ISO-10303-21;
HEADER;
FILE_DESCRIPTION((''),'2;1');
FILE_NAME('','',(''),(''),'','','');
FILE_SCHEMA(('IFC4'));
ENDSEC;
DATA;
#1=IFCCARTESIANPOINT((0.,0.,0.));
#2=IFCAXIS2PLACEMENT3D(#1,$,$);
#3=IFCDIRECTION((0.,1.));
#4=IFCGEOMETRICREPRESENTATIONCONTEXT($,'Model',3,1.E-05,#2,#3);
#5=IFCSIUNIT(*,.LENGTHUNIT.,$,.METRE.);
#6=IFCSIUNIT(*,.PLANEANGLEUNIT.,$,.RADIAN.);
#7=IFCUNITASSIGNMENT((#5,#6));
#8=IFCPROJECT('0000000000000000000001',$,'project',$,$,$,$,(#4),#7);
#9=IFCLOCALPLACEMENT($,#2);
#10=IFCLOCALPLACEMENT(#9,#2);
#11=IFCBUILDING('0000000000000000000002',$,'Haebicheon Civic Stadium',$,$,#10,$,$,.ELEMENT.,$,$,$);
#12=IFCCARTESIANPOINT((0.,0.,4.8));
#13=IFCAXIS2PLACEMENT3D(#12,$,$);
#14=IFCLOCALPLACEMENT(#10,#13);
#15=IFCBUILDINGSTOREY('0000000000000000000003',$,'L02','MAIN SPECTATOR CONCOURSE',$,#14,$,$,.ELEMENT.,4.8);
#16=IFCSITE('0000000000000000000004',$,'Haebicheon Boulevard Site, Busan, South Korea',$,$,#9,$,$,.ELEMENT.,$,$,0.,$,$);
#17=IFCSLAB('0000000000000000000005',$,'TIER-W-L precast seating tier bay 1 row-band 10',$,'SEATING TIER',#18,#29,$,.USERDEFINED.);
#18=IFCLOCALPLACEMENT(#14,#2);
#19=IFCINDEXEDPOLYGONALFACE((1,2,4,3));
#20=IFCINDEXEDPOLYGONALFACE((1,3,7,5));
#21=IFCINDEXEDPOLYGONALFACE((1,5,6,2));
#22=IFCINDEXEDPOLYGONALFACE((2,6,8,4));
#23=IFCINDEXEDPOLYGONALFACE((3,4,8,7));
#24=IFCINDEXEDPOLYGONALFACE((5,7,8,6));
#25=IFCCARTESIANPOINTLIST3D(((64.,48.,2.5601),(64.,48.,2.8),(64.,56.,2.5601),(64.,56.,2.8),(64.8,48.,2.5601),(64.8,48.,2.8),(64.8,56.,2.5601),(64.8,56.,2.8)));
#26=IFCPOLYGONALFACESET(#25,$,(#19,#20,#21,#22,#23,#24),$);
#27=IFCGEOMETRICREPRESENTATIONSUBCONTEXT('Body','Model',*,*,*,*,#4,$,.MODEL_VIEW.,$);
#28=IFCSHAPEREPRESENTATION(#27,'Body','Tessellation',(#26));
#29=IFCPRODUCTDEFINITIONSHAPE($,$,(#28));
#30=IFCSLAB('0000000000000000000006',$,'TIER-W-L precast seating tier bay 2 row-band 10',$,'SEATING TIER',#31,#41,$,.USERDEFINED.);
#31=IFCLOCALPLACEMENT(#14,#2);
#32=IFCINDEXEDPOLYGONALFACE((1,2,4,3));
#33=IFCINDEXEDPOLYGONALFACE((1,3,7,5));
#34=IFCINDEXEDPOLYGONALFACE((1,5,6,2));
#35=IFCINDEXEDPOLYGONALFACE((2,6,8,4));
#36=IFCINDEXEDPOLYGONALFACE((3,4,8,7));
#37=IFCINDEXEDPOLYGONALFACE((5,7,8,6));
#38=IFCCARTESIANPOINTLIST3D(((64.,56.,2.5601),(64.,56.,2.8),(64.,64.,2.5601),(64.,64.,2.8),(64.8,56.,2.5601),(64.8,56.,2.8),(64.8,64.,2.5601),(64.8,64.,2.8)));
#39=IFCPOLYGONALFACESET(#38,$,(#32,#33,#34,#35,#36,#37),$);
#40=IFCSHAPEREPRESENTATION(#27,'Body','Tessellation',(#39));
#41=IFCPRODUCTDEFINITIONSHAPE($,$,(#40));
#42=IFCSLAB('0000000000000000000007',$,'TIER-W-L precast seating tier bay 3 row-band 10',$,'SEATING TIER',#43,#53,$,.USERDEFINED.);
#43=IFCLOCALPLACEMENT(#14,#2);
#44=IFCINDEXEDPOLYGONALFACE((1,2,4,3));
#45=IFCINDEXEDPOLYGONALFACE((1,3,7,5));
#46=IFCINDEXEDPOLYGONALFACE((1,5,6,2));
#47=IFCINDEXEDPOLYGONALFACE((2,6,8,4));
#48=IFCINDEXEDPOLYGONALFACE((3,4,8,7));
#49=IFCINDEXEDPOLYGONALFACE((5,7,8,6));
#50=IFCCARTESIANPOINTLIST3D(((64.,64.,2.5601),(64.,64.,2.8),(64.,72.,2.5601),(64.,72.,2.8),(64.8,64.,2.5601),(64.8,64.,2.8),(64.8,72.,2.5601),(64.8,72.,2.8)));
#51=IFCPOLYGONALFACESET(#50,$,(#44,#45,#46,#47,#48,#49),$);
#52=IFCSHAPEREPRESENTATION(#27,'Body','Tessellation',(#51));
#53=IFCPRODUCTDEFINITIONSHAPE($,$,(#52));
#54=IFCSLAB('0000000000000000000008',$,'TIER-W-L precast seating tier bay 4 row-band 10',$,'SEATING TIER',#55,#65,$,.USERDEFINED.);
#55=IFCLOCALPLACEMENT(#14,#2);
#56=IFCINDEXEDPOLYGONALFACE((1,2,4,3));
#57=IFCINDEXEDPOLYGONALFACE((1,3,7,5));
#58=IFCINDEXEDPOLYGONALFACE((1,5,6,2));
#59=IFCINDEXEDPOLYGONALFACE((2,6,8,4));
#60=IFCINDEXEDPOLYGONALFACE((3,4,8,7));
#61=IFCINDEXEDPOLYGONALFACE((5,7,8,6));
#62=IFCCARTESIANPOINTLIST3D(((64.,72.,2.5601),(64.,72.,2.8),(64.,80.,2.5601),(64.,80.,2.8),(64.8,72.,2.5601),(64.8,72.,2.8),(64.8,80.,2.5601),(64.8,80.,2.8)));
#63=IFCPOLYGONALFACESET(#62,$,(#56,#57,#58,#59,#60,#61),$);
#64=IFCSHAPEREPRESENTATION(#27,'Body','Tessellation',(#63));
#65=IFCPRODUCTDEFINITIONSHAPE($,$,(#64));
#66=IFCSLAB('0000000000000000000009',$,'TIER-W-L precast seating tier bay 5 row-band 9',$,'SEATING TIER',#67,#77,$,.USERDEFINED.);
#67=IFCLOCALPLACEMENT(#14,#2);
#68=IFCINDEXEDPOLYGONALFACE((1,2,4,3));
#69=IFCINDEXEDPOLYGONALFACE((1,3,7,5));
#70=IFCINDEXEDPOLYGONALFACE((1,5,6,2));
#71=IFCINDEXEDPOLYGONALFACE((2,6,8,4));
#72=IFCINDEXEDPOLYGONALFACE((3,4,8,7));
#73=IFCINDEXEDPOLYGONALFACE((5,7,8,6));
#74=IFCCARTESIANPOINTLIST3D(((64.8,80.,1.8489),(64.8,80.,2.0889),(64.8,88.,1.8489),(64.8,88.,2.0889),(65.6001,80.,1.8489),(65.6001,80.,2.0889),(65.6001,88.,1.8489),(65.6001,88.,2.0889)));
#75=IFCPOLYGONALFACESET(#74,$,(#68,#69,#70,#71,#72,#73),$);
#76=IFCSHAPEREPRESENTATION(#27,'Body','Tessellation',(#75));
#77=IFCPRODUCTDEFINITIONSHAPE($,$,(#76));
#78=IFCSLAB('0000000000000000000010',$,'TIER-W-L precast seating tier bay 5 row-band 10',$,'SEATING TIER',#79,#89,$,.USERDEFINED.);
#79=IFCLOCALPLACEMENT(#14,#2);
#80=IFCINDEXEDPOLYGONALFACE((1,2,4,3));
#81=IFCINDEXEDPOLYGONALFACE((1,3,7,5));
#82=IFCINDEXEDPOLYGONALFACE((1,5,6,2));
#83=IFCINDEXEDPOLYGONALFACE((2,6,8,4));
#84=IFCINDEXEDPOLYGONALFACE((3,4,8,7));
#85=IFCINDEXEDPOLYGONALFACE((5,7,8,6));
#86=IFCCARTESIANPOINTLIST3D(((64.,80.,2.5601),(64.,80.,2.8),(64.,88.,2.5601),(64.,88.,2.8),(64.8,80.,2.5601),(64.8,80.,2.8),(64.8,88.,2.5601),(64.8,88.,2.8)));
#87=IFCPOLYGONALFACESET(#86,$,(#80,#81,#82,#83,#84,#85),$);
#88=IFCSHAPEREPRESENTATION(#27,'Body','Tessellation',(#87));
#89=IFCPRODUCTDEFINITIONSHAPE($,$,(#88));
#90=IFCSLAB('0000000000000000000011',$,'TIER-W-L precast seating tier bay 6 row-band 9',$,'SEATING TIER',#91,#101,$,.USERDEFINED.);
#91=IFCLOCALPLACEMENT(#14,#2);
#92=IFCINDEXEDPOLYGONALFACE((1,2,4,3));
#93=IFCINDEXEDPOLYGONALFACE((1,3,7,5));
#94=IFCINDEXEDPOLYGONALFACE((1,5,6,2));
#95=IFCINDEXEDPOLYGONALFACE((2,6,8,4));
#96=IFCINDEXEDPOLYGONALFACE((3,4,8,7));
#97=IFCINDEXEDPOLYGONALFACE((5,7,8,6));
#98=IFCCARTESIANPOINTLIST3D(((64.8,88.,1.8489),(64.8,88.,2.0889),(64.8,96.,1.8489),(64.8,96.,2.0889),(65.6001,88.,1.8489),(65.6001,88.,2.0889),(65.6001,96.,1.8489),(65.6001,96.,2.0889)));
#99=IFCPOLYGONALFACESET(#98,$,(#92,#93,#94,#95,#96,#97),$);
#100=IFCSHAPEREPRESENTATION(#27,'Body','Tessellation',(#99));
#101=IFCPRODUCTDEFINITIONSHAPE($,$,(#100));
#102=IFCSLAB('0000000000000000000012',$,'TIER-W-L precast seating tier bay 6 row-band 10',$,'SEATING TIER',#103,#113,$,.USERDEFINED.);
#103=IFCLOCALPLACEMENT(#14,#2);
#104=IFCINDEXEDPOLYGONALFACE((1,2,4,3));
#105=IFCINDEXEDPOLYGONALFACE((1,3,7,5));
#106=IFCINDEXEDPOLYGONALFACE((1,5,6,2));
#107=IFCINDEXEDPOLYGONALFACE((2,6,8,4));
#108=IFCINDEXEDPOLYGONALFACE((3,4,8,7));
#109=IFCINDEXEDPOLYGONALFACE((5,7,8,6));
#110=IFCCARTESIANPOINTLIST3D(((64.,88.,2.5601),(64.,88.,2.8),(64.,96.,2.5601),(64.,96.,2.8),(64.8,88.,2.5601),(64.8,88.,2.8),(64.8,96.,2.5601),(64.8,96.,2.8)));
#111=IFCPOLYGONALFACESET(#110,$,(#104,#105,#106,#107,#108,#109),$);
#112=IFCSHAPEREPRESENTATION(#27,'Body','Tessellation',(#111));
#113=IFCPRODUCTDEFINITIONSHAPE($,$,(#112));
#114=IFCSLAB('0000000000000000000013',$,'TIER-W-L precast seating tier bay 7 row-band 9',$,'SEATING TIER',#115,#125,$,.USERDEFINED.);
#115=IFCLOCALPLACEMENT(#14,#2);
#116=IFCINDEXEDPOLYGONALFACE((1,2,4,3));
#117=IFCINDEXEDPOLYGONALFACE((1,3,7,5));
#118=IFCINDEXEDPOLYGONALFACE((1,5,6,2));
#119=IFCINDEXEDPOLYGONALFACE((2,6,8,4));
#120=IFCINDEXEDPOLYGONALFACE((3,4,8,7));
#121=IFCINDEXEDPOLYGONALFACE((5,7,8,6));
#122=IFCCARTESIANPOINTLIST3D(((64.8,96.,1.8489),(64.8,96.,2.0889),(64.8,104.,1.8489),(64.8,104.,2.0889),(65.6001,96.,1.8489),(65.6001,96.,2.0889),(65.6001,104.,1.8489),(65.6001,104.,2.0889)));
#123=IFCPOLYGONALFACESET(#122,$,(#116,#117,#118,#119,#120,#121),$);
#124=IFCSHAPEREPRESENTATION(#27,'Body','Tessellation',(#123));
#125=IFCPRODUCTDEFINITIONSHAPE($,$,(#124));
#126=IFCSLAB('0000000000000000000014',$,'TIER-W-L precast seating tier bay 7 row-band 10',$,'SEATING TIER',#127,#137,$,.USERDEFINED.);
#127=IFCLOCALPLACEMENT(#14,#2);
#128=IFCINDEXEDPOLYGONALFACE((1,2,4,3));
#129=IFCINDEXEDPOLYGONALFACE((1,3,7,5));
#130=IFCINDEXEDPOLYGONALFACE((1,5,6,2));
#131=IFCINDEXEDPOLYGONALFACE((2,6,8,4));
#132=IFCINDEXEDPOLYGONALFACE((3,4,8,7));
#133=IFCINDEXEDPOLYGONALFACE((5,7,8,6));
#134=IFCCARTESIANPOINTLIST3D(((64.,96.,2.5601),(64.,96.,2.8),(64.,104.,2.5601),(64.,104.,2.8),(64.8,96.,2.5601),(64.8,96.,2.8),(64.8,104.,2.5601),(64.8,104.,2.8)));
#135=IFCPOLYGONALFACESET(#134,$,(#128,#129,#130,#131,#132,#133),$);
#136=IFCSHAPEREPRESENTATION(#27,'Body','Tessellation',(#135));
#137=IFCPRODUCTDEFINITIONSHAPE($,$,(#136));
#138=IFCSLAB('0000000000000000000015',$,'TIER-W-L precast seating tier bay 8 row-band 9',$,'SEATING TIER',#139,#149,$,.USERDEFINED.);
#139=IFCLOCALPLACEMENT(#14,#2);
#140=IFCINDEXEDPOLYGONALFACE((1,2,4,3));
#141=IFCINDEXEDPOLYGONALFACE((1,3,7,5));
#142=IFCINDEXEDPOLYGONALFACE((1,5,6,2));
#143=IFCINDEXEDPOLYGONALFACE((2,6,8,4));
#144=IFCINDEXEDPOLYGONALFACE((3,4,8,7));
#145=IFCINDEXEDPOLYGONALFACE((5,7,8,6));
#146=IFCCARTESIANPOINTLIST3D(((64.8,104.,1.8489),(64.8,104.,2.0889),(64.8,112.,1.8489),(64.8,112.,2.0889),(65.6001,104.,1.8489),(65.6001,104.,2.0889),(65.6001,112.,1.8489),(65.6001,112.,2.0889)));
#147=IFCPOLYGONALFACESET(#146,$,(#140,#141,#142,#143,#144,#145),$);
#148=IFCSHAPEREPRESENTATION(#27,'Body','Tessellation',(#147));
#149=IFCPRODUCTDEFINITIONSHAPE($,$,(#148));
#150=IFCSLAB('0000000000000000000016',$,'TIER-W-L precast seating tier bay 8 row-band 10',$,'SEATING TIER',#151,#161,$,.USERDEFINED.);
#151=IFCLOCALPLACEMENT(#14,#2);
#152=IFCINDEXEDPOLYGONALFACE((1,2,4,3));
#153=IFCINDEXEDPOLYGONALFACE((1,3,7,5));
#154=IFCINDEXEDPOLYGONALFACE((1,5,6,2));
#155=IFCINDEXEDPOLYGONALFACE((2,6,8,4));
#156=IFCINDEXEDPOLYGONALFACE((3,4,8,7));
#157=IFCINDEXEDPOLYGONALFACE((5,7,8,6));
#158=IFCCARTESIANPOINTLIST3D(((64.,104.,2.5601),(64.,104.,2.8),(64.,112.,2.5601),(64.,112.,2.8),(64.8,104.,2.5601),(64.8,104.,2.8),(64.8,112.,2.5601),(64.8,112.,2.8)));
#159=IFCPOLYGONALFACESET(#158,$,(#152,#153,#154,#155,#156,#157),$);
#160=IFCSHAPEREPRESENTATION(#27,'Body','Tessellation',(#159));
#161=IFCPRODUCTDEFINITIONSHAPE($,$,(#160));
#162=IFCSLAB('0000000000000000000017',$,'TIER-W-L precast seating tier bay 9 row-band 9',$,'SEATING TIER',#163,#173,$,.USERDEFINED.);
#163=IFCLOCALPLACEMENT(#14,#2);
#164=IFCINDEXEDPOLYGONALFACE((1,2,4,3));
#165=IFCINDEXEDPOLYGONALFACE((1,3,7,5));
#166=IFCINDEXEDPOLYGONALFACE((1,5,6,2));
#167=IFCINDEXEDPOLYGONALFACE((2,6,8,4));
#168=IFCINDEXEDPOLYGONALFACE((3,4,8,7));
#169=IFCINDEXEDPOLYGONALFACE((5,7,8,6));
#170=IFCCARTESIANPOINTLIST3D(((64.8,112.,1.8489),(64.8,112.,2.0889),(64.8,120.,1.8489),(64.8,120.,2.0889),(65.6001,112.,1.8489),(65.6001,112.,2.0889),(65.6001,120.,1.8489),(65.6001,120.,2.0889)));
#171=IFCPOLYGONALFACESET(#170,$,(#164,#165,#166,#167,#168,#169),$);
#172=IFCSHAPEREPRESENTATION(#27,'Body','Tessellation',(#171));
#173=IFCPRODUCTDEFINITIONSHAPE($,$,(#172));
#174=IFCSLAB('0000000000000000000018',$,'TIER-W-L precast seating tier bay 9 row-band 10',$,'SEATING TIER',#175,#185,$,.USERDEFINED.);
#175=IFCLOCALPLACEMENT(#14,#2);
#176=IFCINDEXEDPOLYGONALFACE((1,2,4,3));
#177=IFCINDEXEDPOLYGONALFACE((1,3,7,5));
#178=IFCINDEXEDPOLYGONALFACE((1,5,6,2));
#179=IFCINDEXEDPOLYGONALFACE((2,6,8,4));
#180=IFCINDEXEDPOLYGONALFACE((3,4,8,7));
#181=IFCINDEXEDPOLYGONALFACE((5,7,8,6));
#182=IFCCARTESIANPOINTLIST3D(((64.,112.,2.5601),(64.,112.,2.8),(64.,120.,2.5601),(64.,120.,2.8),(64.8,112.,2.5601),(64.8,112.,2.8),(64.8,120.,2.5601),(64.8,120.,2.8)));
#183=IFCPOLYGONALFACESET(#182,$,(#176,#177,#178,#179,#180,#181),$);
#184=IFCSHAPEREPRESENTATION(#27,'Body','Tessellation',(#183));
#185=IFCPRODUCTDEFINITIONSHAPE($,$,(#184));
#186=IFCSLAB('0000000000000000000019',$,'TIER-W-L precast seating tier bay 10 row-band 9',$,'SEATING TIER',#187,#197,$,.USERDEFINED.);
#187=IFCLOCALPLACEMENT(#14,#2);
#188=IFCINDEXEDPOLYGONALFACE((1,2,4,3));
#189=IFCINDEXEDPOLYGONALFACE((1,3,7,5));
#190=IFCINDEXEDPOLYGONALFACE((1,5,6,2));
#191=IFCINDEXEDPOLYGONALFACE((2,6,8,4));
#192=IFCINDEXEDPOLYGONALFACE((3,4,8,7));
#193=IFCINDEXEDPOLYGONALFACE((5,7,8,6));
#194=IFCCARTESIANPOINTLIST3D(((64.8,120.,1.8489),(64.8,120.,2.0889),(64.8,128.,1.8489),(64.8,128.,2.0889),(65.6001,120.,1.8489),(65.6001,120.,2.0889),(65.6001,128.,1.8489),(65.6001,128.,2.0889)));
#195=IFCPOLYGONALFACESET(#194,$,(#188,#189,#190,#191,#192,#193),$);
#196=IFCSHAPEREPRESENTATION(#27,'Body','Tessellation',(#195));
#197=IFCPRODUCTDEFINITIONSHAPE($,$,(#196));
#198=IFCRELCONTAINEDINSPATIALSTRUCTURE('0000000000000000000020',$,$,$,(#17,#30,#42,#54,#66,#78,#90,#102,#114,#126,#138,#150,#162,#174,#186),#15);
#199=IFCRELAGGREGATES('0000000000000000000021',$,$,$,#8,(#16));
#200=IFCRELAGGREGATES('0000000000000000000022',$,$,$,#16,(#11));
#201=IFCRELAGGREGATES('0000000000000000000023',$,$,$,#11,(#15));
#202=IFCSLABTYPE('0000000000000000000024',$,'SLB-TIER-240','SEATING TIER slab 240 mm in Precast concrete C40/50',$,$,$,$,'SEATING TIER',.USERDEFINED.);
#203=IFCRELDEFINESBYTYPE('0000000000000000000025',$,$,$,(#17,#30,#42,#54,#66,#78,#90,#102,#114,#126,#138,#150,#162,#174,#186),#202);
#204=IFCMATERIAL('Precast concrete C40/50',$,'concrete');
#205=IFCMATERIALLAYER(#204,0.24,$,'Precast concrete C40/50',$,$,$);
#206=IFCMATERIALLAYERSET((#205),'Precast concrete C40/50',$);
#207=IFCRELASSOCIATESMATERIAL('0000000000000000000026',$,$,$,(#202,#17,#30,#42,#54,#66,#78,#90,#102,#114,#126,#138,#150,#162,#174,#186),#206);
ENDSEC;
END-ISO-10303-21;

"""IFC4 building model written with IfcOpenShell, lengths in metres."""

from ifc_helpers import new_model, si_unit, direction, frame, origin, place, context, subcontext, project, spatial, polyline, outline, extrude, material, layer, layer_set, type_object, element, save


model = new_model("IFC4")

# Units and contexts
model_context = context("Model", 3, precision=1e-05, world=origin(), true_north=direction((0.0, 1.0)))
body_context = subcontext(model_context, "Body", "Model", "MODEL_VIEW")
ifc_project = project(units=[si_unit("LENGTHUNIT", "METRE"), si_unit("PLANEANGLEUNIT", "RADIAN")], contexts=[model_context])

# Site, building, storey
site_placement = place(None, origin())
site = spatial("IfcSite", under=ifc_project, at=site_placement, Name="Haebicheon Boulevard Site, Busan, South Korea", CompositionType="ELEMENT", RefElevation=0.0)
building_placement = place(site_placement, origin())
building = spatial("IfcBuilding", under=site, at=building_placement, Name="Haebicheon Civic Stadium", CompositionType="ELEMENT")
storey_placement = place(building_placement, frame((0.0, 0.0, 4.8)))
storey = spatial("IfcBuildingStorey", under=building, at=storey_placement, Name="L02", Description="MAIN SPECTATOR CONCOURSE", CompositionType="ELEMENT", Elevation=4.8)

# Slabs
ifc_material = material(Name="Precast concrete C40/50", Category="concrete")
ifc_layer = layer(ifc_material, 0.24, Name="Precast concrete C40/50")
ifc_layer_set = layer_set([ifc_layer], Name="Precast concrete C40/50")
slab_type = type_object("IfcSlabType", Name="SLB-TIER-240", Description="SEATING TIER slab 240 mm in Precast concrete C40/50", ElementType="SEATING TIER", PredefinedType="USERDEFINED", material=ifc_layer_set)
slab_1_placement = place(storey_placement, frame((0.0, 0.0, 2.5601)))
element("IfcSlab", 1, at=slab_1_placement, inside=storey, type_object=slab_type, material=ifc_layer_set, Name="TIER-W-L precast seating tier bay 1 row-band 10", ObjectType="SEATING TIER", PredefinedType="USERDEFINED", context=body_context, shape_type="SweptSolid", body=[
    extrude(outline(polyline([(64.0, 48.0), (64.8, 48.0), (64.8, 56.0), (64.0, 56.0), (64.0, 48.0)])), origin(), (0.0, 0.0, 1.0), 0.24),
])
slab_2_placement = place(storey_placement, frame((0.0, 0.0, 2.5601)))
element("IfcSlab", 2, at=slab_2_placement, inside=storey, type_object=slab_type, material=ifc_layer_set, Name="TIER-W-L precast seating tier bay 2 row-band 10", ObjectType="SEATING TIER", PredefinedType="USERDEFINED", context=body_context, shape_type="SweptSolid", body=[
    extrude(outline(polyline([(64.0, 56.0), (64.8, 56.0), (64.8, 64.0), (64.0, 64.0), (64.0, 56.0)])), origin(), (0.0, 0.0, 1.0), 0.24),
])
slab_3_placement = place(storey_placement, frame((0.0, 0.0, 2.5601)))
element("IfcSlab", 3, at=slab_3_placement, inside=storey, type_object=slab_type, material=ifc_layer_set, Name="TIER-W-L precast seating tier bay 3 row-band 10", ObjectType="SEATING TIER", PredefinedType="USERDEFINED", context=body_context, shape_type="SweptSolid", body=[
    extrude(outline(polyline([(64.0, 64.0), (64.8, 64.0), (64.8, 72.0), (64.0, 72.0), (64.0, 64.0)])), origin(), (0.0, 0.0, 1.0), 0.24),
])
slab_4_placement = place(storey_placement, frame((0.0, 0.0, 2.5601)))
element("IfcSlab", 4, at=slab_4_placement, inside=storey, type_object=slab_type, material=ifc_layer_set, Name="TIER-W-L precast seating tier bay 4 row-band 10", ObjectType="SEATING TIER", PredefinedType="USERDEFINED", context=body_context, shape_type="SweptSolid", body=[
    extrude(outline(polyline([(64.0, 72.0), (64.8, 72.0), (64.8, 80.0), (64.0, 80.0), (64.0, 72.0)])), origin(), (0.0, 0.0, 1.0), 0.24),
])
slab_5_placement = place(storey_placement, frame((0.0, 0.0, 1.8489)))
element("IfcSlab", 5, at=slab_5_placement, inside=storey, type_object=slab_type, material=ifc_layer_set, Name="TIER-W-L precast seating tier bay 5 row-band 9", ObjectType="SEATING TIER", PredefinedType="USERDEFINED", context=body_context, shape_type="SweptSolid", body=[
    extrude(outline(polyline([(64.8, 80.0), (65.6001, 80.0), (65.6001, 88.0), (64.8, 88.0), (64.8, 80.0)])), origin(), (0.0, 0.0, 1.0), 0.24),
])
slab_6_placement = place(storey_placement, frame((0.0, 0.0, 2.5601)))
element("IfcSlab", 6, at=slab_6_placement, inside=storey, type_object=slab_type, material=ifc_layer_set, Name="TIER-W-L precast seating tier bay 5 row-band 10", ObjectType="SEATING TIER", PredefinedType="USERDEFINED", context=body_context, shape_type="SweptSolid", body=[
    extrude(outline(polyline([(64.0, 80.0), (64.8, 80.0), (64.8, 88.0), (64.0, 88.0), (64.0, 80.0)])), origin(), (0.0, 0.0, 1.0), 0.24),
])
slab_7_placement = place(storey_placement, frame((0.0, 0.0, 1.8489)))
element("IfcSlab", 7, at=slab_7_placement, inside=storey, type_object=slab_type, material=ifc_layer_set, Name="TIER-W-L precast seating tier bay 6 row-band 9", ObjectType="SEATING TIER", PredefinedType="USERDEFINED", context=body_context, shape_type="SweptSolid", body=[
    extrude(outline(polyline([(64.8, 88.0), (65.6001, 88.0), (65.6001, 96.0), (64.8, 96.0), (64.8, 88.0)])), origin(), (0.0, 0.0, 1.0), 0.24),
])
slab_8_placement = place(storey_placement, frame((0.0, 0.0, 2.5601)))
element("IfcSlab", 8, at=slab_8_placement, inside=storey, type_object=slab_type, material=ifc_layer_set, Name="TIER-W-L precast seating tier bay 6 row-band 10", ObjectType="SEATING TIER", PredefinedType="USERDEFINED", context=body_context, shape_type="SweptSolid", body=[
    extrude(outline(polyline([(64.0, 88.0), (64.8, 88.0), (64.8, 96.0), (64.0, 96.0), (64.0, 88.0)])), origin(), (0.0, 0.0, 1.0), 0.24),
])
slab_9_placement = place(storey_placement, frame((0.0, 0.0, 1.8489)))
element("IfcSlab", 9, at=slab_9_placement, inside=storey, type_object=slab_type, material=ifc_layer_set, Name="TIER-W-L precast seating tier bay 7 row-band 9", ObjectType="SEATING TIER", PredefinedType="USERDEFINED", context=body_context, shape_type="SweptSolid", body=[
    extrude(outline(polyline([(64.8, 96.0), (65.6001, 96.0), (65.6001, 104.0), (64.8, 104.0), (64.8, 96.0)])), origin(), (0.0, 0.0, 1.0), 0.24),
])
slab_10_placement = place(storey_placement, frame((0.0, 0.0, 2.5601)))
element("IfcSlab", 10, at=slab_10_placement, inside=storey, type_object=slab_type, material=ifc_layer_set, Name="TIER-W-L precast seating tier bay 7 row-band 10", ObjectType="SEATING TIER", PredefinedType="USERDEFINED", context=body_context, shape_type="SweptSolid", body=[
    extrude(outline(polyline([(64.0, 96.0), (64.8, 96.0), (64.8, 104.0), (64.0, 104.0), (64.0, 96.0)])), origin(), (0.0, 0.0, 1.0), 0.24),
])
slab_11_placement = place(storey_placement, frame((0.0, 0.0, 1.8489)))
element("IfcSlab", 11, at=slab_11_placement, inside=storey, type_object=slab_type, material=ifc_layer_set, Name="TIER-W-L precast seating tier bay 8 row-band 9", ObjectType="SEATING TIER", PredefinedType="USERDEFINED", context=body_context, shape_type="SweptSolid", body=[
    extrude(outline(polyline([(64.8, 104.0), (65.6001, 104.0), (65.6001, 112.0), (64.8, 112.0), (64.8, 104.0)])), origin(), (0.0, 0.0, 1.0), 0.24),
])
slab_12_placement = place(storey_placement, frame((0.0, 0.0, 2.5601)))
element("IfcSlab", 12, at=slab_12_placement, inside=storey, type_object=slab_type, material=ifc_layer_set, Name="TIER-W-L precast seating tier bay 8 row-band 10", ObjectType="SEATING TIER", PredefinedType="USERDEFINED", context=body_context, shape_type="SweptSolid", body=[
    extrude(outline(polyline([(64.0, 104.0), (64.8, 104.0), (64.8, 112.0), (64.0, 112.0), (64.0, 104.0)])), origin(), (0.0, 0.0, 1.0), 0.24),
])
slab_13_placement = place(storey_placement, frame((0.0, 0.0, 1.8489)))
element("IfcSlab", 13, at=slab_13_placement, inside=storey, type_object=slab_type, material=ifc_layer_set, Name="TIER-W-L precast seating tier bay 9 row-band 9", ObjectType="SEATING TIER", PredefinedType="USERDEFINED", context=body_context, shape_type="SweptSolid", body=[
    extrude(outline(polyline([(64.8, 112.0), (65.6001, 112.0), (65.6001, 120.0), (64.8, 120.0), (64.8, 112.0)])), origin(), (0.0, 0.0, 1.0), 0.24),
])
slab_14_placement = place(storey_placement, frame((0.0, 0.0, 2.5601)))
element("IfcSlab", 14, at=slab_14_placement, inside=storey, type_object=slab_type, material=ifc_layer_set, Name="TIER-W-L precast seating tier bay 9 row-band 10", ObjectType="SEATING TIER", PredefinedType="USERDEFINED", context=body_context, shape_type="SweptSolid", body=[
    extrude(outline(polyline([(64.0, 112.0), (64.8, 112.0), (64.8, 120.0), (64.0, 120.0), (64.0, 112.0)])), origin(), (0.0, 0.0, 1.0), 0.24),
])
slab_15_placement = place(storey_placement, frame((0.0, 0.0, 1.8489)))
element("IfcSlab", 15, at=slab_15_placement, inside=storey, type_object=slab_type, material=ifc_layer_set, Name="TIER-W-L precast seating tier bay 10 row-band 9", ObjectType="SEATING TIER", PredefinedType="USERDEFINED", context=body_context, shape_type="SweptSolid", body=[
    extrude(outline(polyline([(64.8, 120.0), (65.6001, 120.0), (65.6001, 128.0), (64.8, 128.0), (64.8, 120.0)])), origin(), (0.0, 0.0, 1.0), 0.24),
])

save(model, "model.ifc")
